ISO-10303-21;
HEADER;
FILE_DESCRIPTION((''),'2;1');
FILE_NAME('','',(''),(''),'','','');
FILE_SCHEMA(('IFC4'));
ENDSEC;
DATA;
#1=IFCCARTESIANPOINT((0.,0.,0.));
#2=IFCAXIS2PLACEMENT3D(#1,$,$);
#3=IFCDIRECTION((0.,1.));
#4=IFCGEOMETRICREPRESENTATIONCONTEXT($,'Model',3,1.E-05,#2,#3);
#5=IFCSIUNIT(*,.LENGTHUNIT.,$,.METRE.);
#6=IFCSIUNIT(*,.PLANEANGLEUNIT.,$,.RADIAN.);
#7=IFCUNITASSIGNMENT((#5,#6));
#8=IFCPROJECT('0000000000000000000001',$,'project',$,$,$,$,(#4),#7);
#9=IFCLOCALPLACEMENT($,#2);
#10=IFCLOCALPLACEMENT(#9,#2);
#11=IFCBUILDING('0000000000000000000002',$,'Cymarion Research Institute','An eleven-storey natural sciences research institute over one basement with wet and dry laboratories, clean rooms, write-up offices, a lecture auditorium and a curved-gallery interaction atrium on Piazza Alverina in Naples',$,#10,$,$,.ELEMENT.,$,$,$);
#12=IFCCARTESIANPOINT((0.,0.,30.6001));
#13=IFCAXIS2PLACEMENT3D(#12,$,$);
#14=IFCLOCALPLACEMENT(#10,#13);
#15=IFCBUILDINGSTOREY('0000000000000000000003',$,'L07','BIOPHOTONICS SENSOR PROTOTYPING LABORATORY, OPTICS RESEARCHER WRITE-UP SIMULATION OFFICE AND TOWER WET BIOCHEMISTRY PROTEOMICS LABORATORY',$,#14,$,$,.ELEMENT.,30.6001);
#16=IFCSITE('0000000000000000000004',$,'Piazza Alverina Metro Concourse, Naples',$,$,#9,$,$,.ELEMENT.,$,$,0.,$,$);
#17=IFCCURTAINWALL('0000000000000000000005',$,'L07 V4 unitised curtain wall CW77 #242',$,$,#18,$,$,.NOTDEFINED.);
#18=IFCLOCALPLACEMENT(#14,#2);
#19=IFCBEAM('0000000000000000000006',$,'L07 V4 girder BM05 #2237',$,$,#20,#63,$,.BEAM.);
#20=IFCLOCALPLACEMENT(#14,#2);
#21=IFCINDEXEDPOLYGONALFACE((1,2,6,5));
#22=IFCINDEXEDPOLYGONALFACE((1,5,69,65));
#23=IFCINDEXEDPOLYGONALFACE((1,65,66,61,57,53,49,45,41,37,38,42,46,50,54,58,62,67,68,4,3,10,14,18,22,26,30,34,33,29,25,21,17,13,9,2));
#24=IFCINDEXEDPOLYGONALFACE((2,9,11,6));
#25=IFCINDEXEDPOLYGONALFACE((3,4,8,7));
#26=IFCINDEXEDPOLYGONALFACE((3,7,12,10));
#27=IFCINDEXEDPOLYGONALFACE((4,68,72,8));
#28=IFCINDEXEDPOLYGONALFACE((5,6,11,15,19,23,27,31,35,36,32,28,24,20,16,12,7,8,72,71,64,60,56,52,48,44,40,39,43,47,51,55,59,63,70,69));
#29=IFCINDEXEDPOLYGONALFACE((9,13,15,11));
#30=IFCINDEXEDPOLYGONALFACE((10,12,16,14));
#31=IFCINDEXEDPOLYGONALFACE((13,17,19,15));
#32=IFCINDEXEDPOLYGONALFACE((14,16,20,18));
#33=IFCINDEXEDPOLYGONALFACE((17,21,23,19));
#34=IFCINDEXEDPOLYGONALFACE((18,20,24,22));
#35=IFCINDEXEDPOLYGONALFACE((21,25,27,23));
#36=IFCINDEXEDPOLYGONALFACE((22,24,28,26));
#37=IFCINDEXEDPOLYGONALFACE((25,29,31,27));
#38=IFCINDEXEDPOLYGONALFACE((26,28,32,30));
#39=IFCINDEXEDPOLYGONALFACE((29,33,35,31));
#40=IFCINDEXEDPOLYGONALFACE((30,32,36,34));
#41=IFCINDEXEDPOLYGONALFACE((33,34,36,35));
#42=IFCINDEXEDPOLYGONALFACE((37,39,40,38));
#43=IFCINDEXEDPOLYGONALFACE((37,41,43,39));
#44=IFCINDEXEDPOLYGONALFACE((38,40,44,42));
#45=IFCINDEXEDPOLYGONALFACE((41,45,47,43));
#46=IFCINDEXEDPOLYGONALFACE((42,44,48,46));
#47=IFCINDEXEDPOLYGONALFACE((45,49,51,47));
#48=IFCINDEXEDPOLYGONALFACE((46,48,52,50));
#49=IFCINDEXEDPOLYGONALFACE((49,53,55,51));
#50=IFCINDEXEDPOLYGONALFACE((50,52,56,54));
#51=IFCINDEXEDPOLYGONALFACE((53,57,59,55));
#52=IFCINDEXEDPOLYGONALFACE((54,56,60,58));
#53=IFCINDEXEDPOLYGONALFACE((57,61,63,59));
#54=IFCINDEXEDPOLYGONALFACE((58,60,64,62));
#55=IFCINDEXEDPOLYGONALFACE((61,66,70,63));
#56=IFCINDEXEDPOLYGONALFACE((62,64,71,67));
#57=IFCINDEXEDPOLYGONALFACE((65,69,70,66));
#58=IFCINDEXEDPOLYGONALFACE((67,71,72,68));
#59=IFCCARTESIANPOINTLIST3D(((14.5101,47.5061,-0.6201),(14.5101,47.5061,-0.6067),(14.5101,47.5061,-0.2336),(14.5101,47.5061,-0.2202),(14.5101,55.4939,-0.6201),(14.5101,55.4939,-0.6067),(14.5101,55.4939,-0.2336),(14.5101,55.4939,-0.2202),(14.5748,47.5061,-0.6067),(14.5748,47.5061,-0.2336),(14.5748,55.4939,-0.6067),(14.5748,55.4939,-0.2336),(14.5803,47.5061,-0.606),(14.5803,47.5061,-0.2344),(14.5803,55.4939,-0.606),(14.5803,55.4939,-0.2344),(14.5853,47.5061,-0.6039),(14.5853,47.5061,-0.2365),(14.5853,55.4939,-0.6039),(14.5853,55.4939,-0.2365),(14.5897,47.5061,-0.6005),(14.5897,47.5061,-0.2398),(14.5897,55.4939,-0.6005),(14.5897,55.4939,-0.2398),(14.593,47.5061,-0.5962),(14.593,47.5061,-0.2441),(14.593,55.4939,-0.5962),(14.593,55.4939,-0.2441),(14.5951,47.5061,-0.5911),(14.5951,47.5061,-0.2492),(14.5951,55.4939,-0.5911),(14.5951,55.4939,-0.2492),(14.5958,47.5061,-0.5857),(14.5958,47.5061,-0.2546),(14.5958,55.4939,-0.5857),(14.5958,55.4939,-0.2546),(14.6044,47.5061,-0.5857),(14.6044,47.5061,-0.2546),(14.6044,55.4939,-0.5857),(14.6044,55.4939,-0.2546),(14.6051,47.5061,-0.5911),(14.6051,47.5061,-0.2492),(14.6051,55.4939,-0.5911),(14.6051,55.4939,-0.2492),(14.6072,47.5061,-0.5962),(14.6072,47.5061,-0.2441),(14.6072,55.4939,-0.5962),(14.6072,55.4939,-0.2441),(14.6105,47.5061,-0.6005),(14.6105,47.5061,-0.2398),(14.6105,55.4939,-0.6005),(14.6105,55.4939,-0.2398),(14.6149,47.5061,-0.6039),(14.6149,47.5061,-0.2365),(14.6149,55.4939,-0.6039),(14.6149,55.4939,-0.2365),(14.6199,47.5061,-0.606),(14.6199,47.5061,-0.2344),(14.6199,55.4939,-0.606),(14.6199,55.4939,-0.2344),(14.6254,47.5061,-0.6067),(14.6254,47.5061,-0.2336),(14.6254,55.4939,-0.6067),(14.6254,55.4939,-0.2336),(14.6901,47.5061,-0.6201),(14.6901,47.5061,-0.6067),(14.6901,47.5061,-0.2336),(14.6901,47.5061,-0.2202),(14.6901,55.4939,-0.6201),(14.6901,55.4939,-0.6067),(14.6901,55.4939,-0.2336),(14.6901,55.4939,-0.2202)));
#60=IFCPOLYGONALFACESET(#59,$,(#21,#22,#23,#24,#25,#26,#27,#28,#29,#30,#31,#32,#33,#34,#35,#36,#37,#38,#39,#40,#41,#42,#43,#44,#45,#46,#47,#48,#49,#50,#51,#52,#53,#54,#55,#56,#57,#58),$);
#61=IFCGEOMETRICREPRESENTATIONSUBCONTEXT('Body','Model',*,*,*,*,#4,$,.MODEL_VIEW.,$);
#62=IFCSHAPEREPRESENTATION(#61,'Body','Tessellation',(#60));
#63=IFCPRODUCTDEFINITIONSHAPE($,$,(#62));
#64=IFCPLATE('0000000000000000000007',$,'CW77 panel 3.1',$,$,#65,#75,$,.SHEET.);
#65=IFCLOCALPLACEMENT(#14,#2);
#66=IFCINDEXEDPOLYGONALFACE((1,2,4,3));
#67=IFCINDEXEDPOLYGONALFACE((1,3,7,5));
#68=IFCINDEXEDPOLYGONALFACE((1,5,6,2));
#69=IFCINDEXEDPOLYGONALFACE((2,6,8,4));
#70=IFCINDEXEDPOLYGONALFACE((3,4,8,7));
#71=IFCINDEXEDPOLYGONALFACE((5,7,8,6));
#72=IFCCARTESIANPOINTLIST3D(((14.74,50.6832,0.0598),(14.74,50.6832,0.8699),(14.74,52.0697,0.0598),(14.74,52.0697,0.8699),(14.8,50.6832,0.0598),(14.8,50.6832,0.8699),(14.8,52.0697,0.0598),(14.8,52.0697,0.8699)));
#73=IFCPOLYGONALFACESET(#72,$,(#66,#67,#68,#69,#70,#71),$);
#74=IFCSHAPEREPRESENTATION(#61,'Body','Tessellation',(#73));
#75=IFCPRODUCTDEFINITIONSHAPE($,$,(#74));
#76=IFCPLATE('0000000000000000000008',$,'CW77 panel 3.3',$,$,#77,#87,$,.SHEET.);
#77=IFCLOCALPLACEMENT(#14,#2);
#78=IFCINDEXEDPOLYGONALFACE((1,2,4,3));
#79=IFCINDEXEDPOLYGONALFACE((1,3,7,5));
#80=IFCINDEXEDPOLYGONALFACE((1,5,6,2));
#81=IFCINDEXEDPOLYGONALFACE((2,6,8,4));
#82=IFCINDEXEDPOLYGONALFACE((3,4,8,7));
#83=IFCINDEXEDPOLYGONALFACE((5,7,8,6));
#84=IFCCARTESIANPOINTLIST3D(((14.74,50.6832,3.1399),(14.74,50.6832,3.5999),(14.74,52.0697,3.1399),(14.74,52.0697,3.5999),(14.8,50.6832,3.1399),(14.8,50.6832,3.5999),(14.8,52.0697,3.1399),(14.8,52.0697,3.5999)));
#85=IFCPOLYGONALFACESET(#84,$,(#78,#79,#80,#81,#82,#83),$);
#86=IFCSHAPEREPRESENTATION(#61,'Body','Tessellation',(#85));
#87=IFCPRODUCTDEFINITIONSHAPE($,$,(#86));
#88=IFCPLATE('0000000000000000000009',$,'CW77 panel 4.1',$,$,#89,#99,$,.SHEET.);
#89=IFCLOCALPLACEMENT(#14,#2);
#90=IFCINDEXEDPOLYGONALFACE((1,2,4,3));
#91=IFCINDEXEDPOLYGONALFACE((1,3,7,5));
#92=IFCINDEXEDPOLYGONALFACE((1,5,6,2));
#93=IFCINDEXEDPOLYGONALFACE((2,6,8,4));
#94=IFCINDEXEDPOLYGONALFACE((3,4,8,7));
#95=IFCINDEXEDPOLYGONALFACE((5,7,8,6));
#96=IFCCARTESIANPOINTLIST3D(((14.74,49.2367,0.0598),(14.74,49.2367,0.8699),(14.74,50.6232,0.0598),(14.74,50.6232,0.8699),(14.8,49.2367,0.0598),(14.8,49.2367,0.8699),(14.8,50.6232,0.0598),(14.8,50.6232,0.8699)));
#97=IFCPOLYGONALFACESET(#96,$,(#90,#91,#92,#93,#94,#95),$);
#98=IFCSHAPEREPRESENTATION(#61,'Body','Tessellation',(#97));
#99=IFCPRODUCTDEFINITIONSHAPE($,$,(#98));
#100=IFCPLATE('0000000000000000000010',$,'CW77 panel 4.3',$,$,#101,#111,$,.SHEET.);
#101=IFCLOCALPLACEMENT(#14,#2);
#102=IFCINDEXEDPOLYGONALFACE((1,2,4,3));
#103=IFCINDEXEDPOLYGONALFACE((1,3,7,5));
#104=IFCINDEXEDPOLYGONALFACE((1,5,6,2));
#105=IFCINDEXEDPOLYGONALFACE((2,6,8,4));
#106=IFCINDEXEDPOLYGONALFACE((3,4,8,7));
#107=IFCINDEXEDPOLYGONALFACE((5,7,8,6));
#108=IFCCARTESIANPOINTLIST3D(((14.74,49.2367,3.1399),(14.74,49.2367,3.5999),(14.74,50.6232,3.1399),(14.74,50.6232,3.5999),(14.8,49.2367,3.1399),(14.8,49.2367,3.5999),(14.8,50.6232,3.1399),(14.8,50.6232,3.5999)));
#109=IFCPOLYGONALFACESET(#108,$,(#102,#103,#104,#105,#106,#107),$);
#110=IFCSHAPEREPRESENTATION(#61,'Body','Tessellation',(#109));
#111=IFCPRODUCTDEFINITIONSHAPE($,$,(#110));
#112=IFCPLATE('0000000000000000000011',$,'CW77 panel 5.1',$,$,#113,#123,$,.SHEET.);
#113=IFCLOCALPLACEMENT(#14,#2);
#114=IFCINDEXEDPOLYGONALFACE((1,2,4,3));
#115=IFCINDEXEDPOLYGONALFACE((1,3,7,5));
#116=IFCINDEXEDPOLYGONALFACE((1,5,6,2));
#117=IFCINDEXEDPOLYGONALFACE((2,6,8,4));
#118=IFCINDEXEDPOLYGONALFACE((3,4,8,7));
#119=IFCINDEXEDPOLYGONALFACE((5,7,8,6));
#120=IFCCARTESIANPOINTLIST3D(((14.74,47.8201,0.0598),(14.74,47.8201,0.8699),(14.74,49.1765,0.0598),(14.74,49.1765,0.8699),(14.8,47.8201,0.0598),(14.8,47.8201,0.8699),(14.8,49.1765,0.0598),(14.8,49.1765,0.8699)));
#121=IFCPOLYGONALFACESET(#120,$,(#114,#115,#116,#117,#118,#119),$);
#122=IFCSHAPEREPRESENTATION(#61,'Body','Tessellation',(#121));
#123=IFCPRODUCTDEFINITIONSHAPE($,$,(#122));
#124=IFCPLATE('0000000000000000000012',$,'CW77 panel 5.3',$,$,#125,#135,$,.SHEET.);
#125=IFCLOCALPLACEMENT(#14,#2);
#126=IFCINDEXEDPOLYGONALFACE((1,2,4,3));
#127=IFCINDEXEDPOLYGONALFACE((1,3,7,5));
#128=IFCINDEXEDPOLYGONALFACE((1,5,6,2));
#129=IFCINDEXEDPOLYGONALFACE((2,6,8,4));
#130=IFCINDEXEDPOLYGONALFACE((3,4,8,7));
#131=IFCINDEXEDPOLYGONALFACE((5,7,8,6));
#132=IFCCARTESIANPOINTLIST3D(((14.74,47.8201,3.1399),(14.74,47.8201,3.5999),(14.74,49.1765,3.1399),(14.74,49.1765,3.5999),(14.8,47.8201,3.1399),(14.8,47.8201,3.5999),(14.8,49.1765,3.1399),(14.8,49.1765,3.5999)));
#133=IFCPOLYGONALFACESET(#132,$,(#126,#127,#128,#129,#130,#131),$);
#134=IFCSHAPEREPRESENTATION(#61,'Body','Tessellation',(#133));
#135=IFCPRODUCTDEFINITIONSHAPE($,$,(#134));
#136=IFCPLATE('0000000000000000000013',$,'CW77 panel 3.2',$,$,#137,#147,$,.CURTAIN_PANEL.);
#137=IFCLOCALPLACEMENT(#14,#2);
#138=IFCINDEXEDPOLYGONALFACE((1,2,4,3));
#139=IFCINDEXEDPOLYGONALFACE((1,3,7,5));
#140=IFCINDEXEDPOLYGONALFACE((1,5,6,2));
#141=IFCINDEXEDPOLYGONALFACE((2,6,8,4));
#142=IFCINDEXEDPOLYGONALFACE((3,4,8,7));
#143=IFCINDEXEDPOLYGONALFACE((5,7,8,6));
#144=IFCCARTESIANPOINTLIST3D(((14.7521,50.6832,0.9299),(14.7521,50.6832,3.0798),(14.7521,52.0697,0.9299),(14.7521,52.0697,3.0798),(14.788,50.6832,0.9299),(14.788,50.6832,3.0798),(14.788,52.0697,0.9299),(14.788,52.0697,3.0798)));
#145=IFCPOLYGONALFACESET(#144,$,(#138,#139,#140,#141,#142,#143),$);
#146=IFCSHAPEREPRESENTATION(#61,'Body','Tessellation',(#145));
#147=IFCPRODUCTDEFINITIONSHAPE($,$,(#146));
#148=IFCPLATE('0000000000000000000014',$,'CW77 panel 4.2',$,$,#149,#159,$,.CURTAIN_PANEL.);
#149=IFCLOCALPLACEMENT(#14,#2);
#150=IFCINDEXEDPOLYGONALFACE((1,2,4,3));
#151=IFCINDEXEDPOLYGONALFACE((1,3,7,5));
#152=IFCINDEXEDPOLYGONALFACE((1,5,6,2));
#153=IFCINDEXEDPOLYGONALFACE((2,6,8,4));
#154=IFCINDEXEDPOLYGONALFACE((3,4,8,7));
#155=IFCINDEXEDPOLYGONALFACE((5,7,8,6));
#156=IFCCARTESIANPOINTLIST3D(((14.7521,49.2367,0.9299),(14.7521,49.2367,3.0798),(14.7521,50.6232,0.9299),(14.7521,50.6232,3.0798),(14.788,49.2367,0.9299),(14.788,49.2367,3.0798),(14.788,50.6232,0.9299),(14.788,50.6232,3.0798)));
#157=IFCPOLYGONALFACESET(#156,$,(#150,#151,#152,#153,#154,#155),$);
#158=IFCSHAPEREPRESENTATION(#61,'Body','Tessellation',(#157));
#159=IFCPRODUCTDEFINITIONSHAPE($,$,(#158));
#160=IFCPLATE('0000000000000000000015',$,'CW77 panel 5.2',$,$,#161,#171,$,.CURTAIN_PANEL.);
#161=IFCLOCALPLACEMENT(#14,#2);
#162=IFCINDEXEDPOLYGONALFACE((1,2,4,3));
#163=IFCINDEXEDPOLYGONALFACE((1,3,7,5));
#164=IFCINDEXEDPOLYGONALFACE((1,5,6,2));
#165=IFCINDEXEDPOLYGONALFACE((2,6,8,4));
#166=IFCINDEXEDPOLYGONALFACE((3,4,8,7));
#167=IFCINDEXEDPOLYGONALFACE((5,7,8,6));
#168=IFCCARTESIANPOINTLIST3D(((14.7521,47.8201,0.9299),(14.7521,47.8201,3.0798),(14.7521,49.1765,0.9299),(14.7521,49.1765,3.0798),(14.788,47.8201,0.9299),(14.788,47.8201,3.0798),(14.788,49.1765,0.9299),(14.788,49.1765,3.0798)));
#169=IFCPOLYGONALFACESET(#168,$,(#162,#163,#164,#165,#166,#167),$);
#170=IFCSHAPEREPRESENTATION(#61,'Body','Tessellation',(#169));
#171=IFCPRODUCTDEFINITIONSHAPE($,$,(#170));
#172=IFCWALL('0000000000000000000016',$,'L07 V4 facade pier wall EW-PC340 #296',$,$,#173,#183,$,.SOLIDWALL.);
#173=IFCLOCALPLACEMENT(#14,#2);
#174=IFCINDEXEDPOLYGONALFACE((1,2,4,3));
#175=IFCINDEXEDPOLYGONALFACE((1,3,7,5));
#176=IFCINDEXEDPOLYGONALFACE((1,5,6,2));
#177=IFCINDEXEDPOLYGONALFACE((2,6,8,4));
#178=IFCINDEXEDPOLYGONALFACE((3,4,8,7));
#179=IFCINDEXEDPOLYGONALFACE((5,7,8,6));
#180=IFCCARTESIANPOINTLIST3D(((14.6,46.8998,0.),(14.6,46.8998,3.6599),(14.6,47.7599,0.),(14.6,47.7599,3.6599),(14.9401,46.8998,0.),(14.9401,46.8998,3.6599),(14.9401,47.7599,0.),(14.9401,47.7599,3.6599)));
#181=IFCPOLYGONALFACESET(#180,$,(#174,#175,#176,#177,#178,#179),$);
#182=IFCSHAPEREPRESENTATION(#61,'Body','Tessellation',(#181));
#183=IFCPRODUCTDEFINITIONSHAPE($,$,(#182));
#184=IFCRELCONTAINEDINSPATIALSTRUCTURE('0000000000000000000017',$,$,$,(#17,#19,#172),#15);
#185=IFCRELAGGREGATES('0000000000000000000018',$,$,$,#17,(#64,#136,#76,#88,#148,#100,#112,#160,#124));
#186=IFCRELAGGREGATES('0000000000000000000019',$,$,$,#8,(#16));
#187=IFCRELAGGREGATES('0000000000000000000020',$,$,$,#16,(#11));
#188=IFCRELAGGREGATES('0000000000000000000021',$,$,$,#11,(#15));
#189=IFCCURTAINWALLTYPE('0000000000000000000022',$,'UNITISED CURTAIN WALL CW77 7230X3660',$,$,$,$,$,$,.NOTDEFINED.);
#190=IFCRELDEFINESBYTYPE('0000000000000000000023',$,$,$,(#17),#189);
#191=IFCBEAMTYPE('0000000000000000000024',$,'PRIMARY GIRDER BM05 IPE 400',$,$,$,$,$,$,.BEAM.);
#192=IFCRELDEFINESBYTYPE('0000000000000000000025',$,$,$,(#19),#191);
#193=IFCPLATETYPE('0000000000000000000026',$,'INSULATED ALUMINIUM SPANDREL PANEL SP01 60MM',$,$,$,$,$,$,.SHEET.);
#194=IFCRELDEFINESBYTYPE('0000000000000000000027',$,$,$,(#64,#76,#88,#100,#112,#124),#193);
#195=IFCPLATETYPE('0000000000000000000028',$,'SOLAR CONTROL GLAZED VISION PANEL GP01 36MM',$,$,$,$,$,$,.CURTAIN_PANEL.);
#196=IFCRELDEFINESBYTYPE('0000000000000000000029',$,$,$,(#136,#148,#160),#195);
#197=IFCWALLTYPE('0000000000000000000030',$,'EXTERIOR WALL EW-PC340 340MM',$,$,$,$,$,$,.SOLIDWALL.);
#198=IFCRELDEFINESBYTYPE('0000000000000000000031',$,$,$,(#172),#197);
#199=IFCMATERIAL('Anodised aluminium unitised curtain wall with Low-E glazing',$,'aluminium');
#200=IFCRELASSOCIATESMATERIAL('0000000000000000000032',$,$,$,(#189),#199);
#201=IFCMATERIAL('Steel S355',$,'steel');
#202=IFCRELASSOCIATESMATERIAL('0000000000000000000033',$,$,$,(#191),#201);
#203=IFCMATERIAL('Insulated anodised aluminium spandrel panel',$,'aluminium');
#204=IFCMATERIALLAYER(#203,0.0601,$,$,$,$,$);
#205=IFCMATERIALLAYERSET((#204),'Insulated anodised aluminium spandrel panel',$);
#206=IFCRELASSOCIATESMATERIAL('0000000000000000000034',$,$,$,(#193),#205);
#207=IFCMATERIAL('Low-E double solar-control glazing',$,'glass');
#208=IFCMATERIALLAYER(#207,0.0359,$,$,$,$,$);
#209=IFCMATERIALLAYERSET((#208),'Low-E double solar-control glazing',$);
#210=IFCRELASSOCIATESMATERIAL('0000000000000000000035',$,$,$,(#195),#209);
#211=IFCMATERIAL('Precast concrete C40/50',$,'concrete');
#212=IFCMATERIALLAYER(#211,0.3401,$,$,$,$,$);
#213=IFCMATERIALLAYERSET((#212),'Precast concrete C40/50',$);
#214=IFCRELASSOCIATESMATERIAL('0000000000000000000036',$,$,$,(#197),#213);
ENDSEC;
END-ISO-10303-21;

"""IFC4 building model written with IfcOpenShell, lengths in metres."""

from ifc_helpers import new_model, si_unit, direction, frame, frame_2d, origin, origin_2d, place, context, subcontext, project, spatial, rectangle, i_section, extrude, material, layer, layer_set, material_profile, profile_set, type_object, element, aggregate, save


model = new_model("IFC4")

# Units and contexts
model_context = context("Model", 3, precision=1e-05, world=origin(), true_north=direction((0.0, 1.0)))
body_context = subcontext(model_context, "Body", "Model", "MODEL_VIEW")
ifc_project = project(units=[si_unit("LENGTHUNIT", "METRE"), si_unit("PLANEANGLEUNIT", "RADIAN")], contexts=[model_context])

# Site, building, storey
site_placement = place(None, origin())
site = spatial("IfcSite", under=ifc_project, at=site_placement, Name="Piazza Alverina Metro Concourse, Naples", CompositionType="ELEMENT", RefElevation=0.0)
building_placement = place(site_placement, origin())
building = spatial("IfcBuilding", under=site, at=building_placement, Name="Cymarion Research Institute", Description="An eleven-storey natural sciences research institute over one basement with wet and dry laboratories, clean rooms, write-up offices, a lecture auditorium and a curved-gallery interaction atrium on Piazza Alverina in Naples", CompositionType="ELEMENT")
storey_placement = place(building_placement, frame((0.0, 0.0, 30.6001)))
storey = spatial("IfcBuildingStorey", under=building, at=storey_placement, Name="L07", Description="BIOPHOTONICS SENSOR PROTOTYPING LABORATORY, OPTICS RESEARCHER WRITE-UP SIMULATION OFFICE AND TOWER WET BIOCHEMISTRY PROTEOMICS LABORATORY", CompositionType="ELEMENT", Elevation=30.6001)

# Curtain wall
ifc_material_1 = material(Name="Anodised aluminium unitised curtain wall with Low-E glazing", Category="aluminium")
curtain_wall_type = type_object("IfcCurtainWallType", Name="UNITISED CURTAIN WALL CW77 7230X3660", PredefinedType="NOTDEFINED", material=ifc_material_1)
curtain_wall_placement = place(storey_placement, origin())
curtain_wall = element("IfcCurtainWall", 1, at=curtain_wall_placement, inside=storey, type_object=curtain_wall_type, Name="L07 V4 unitised curtain wall CW77 #242", PredefinedType="NOTDEFINED")

# Beam
ifc_material_2 = material(Name="Steel S355", Category="steel")
ifc_material_profile_1 = material_profile(ifc_material_2, i_section(OverallWidth=0.1799, OverallDepth=0.3999, WebThickness=0.0085, FlangeThickness=0.0134, FilletRadius=0.021, at=origin_2d()), Name="IPE 400")
ifc_profile_set_1 = profile_set([ifc_material_profile_1], Name="Steel S355")
beam_type = type_object("IfcBeamType", Name="PRIMARY GIRDER BM05 IPE 400", PredefinedType="BEAM", material=ifc_profile_set_1)
beam_placement = place(storey_placement, frame((14.6001, 47.5061, -0.4202), z_axis=(0.0, 1.0, 0.0), x_axis=(-1.0, 0.0, 0.0)))
element("IfcBeam", 2, at=beam_placement, inside=storey, type_object=beam_type, Name="L07 V4 girder BM05 #2237", PredefinedType="BEAM", context=body_context, shape_type="SweptSolid", body=[
    extrude(i_section(OverallWidth=0.1799, OverallDepth=0.3999, WebThickness=0.0085, FlangeThickness=0.0134, FilletRadius=0.021, at=origin_2d()), origin(), (0.0, 0.0, 1.0), 7.9878),
])

# Plates
ifc_material_3 = material(Name="Insulated anodised aluminium spandrel panel", Category="aluminium")
ifc_layer_1 = layer(ifc_material_3, 0.0601)
ifc_layer_set_1 = layer_set([ifc_layer_1], Name="Insulated anodised aluminium spandrel panel")
plate_type_1 = type_object("IfcPlateType", Name="INSULATED ALUMINIUM SPANDREL PANEL SP01 60MM", PredefinedType="SHEET", material=ifc_layer_set_1)
plate_1_placement = place(storey_placement, frame((14.77, 51.3765, 0.0598), z_axis=(0.0, 0.0, 1.0), x_axis=(0.0, -1.0, 0.0)))
plate_1 = element("IfcPlate", 3, at=plate_1_placement, type_object=plate_type_1, Name="CW77 panel 3.1", PredefinedType="SHEET", context=body_context, shape_type="SweptSolid", body=[
    extrude(rectangle(XDim=1.3865, YDim=0.0601, at=origin_2d()), origin(), (0.0, 0.0, 1.0), 0.8101),
])
plate_2_placement = place(storey_placement, frame((14.77, 51.3765, 3.1399), z_axis=(0.0, 0.0, 1.0), x_axis=(0.0, -1.0, 0.0)))
plate_2 = element("IfcPlate", 4, at=plate_2_placement, type_object=plate_type_1, Name="CW77 panel 3.3", PredefinedType="SHEET", context=body_context, shape_type="SweptSolid", body=[
    extrude(rectangle(XDim=1.3865, YDim=0.0601, at=origin_2d()), origin(), (0.0, 0.0, 1.0), 0.46),
])
plate_3_placement = place(storey_placement, frame((14.77, 49.9299, 0.0598), z_axis=(0.0, 0.0, 1.0), x_axis=(0.0, -1.0, 0.0)))
plate_3 = element("IfcPlate", 5, at=plate_3_placement, type_object=plate_type_1, Name="CW77 panel 4.1", PredefinedType="SHEET", context=body_context, shape_type="SweptSolid", body=[
    extrude(rectangle(XDim=1.3865, YDim=0.0601, at=origin_2d()), origin(), (0.0, 0.0, 1.0), 0.8101),
])
plate_4_placement = place(storey_placement, frame((14.77, 49.9299, 3.1399), z_axis=(0.0, 0.0, 1.0), x_axis=(0.0, -1.0, 0.0)))
plate_4 = element("IfcPlate", 6, at=plate_4_placement, type_object=plate_type_1, Name="CW77 panel 4.3", PredefinedType="SHEET", context=body_context, shape_type="SweptSolid", body=[
    extrude(rectangle(XDim=1.3865, YDim=0.0601, at=origin_2d()), origin(), (0.0, 0.0, 1.0), 0.46),
])
plate_5_placement = place(storey_placement, frame((14.77, 48.4983, 0.0598), z_axis=(0.0, 0.0, 1.0), x_axis=(0.0, -1.0, 0.0)))
plate_5 = element("IfcPlate", 7, at=plate_5_placement, type_object=plate_type_1, Name="CW77 panel 5.1", PredefinedType="SHEET", context=body_context, shape_type="SweptSolid", body=[
    extrude(rectangle(XDim=1.3564, YDim=0.0601, at=origin_2d()), origin(), (0.0, 0.0, 1.0), 0.8101),
])
plate_6_placement = place(storey_placement, frame((14.77, 48.4983, 3.1399), z_axis=(0.0, 0.0, 1.0), x_axis=(0.0, -1.0, 0.0)))
plate_6 = element("IfcPlate", 8, at=plate_6_placement, type_object=plate_type_1, Name="CW77 panel 5.3", PredefinedType="SHEET", context=body_context, shape_type="SweptSolid", body=[
    extrude(rectangle(XDim=1.3564, YDim=0.0601, at=origin_2d()), origin(), (0.0, 0.0, 1.0), 0.46),
])
ifc_material_4 = material(Name="Low-E double solar-control glazing", Category="glass")
ifc_layer_2 = layer(ifc_material_4, 0.0359)
ifc_layer_set_2 = layer_set([ifc_layer_2], Name="Low-E double solar-control glazing")
plate_type_2 = type_object("IfcPlateType", Name="SOLAR CONTROL GLAZED VISION PANEL GP01 36MM", PredefinedType="CURTAIN_PANEL", material=ifc_layer_set_2)
plate_7_placement = place(storey_placement, frame((14.77, 51.3765, 0.9299), z_axis=(0.0, 0.0, 1.0), x_axis=(0.0, -1.0, 0.0)))
plate_7 = element("IfcPlate", 9, at=plate_7_placement, type_object=plate_type_2, Name="CW77 panel 3.2", PredefinedType="CURTAIN_PANEL", context=body_context, shape_type="SweptSolid", body=[
    extrude(rectangle(XDim=1.3865, YDim=0.0359, at=origin_2d()), origin(), (0.0, 0.0, 1.0), 2.1499),
])
plate_8_placement = place(storey_placement, frame((14.77, 49.9299, 0.9299), z_axis=(0.0, 0.0, 1.0), x_axis=(0.0, -1.0, 0.0)))
plate_8 = element("IfcPlate", 10, at=plate_8_placement, type_object=plate_type_2, Name="CW77 panel 4.2", PredefinedType="CURTAIN_PANEL", context=body_context, shape_type="SweptSolid", body=[
    extrude(rectangle(XDim=1.3865, YDim=0.0359, at=origin_2d()), origin(), (0.0, 0.0, 1.0), 2.1499),
])
plate_9_placement = place(storey_placement, frame((14.77, 48.4983, 0.9299), z_axis=(0.0, 0.0, 1.0), x_axis=(0.0, -1.0, 0.0)))
plate_9 = element("IfcPlate", 11, at=plate_9_placement, type_object=plate_type_2, Name="CW77 panel 5.2", PredefinedType="CURTAIN_PANEL", context=body_context, shape_type="SweptSolid", body=[
    extrude(rectangle(XDim=1.3564, YDim=0.0359, at=origin_2d()), origin(), (0.0, 0.0, 1.0), 2.1499),
])
aggregate(curtain_wall, [plate_1, plate_7, plate_2, plate_3, plate_8, plate_4, plate_5, plate_9, plate_6])

# Wall
ifc_material_5 = material(Name="Precast concrete C40/50", Category="concrete")
ifc_layer_3 = layer(ifc_material_5, 0.3401)
ifc_layer_set_3 = layer_set([ifc_layer_3], Name="Precast concrete C40/50")
wall_type = type_object("IfcWallType", Name="EXTERIOR WALL EW-PC340 340MM", PredefinedType="SOLIDWALL", material=ifc_layer_set_3)
wall_placement = place(storey_placement, frame((14.77, 47.76, 0.0), z_axis=(0.0, 0.0, 1.0), x_axis=(0.0, -1.0, 0.0)))
element("IfcWall", 12, at=wall_placement, inside=storey, type_object=wall_type, Name="L07 V4 facade pier wall EW-PC340 #296", PredefinedType="SOLIDWALL", context=body_context, shape_type="SweptSolid", body=[
    extrude(rectangle(XDim=0.8601, YDim=0.3401, at=frame_2d((0.4302, 0.0))), origin(), (0.0, 0.0, 1.0), 3.6599),
])

save(model, "model.ifc")
